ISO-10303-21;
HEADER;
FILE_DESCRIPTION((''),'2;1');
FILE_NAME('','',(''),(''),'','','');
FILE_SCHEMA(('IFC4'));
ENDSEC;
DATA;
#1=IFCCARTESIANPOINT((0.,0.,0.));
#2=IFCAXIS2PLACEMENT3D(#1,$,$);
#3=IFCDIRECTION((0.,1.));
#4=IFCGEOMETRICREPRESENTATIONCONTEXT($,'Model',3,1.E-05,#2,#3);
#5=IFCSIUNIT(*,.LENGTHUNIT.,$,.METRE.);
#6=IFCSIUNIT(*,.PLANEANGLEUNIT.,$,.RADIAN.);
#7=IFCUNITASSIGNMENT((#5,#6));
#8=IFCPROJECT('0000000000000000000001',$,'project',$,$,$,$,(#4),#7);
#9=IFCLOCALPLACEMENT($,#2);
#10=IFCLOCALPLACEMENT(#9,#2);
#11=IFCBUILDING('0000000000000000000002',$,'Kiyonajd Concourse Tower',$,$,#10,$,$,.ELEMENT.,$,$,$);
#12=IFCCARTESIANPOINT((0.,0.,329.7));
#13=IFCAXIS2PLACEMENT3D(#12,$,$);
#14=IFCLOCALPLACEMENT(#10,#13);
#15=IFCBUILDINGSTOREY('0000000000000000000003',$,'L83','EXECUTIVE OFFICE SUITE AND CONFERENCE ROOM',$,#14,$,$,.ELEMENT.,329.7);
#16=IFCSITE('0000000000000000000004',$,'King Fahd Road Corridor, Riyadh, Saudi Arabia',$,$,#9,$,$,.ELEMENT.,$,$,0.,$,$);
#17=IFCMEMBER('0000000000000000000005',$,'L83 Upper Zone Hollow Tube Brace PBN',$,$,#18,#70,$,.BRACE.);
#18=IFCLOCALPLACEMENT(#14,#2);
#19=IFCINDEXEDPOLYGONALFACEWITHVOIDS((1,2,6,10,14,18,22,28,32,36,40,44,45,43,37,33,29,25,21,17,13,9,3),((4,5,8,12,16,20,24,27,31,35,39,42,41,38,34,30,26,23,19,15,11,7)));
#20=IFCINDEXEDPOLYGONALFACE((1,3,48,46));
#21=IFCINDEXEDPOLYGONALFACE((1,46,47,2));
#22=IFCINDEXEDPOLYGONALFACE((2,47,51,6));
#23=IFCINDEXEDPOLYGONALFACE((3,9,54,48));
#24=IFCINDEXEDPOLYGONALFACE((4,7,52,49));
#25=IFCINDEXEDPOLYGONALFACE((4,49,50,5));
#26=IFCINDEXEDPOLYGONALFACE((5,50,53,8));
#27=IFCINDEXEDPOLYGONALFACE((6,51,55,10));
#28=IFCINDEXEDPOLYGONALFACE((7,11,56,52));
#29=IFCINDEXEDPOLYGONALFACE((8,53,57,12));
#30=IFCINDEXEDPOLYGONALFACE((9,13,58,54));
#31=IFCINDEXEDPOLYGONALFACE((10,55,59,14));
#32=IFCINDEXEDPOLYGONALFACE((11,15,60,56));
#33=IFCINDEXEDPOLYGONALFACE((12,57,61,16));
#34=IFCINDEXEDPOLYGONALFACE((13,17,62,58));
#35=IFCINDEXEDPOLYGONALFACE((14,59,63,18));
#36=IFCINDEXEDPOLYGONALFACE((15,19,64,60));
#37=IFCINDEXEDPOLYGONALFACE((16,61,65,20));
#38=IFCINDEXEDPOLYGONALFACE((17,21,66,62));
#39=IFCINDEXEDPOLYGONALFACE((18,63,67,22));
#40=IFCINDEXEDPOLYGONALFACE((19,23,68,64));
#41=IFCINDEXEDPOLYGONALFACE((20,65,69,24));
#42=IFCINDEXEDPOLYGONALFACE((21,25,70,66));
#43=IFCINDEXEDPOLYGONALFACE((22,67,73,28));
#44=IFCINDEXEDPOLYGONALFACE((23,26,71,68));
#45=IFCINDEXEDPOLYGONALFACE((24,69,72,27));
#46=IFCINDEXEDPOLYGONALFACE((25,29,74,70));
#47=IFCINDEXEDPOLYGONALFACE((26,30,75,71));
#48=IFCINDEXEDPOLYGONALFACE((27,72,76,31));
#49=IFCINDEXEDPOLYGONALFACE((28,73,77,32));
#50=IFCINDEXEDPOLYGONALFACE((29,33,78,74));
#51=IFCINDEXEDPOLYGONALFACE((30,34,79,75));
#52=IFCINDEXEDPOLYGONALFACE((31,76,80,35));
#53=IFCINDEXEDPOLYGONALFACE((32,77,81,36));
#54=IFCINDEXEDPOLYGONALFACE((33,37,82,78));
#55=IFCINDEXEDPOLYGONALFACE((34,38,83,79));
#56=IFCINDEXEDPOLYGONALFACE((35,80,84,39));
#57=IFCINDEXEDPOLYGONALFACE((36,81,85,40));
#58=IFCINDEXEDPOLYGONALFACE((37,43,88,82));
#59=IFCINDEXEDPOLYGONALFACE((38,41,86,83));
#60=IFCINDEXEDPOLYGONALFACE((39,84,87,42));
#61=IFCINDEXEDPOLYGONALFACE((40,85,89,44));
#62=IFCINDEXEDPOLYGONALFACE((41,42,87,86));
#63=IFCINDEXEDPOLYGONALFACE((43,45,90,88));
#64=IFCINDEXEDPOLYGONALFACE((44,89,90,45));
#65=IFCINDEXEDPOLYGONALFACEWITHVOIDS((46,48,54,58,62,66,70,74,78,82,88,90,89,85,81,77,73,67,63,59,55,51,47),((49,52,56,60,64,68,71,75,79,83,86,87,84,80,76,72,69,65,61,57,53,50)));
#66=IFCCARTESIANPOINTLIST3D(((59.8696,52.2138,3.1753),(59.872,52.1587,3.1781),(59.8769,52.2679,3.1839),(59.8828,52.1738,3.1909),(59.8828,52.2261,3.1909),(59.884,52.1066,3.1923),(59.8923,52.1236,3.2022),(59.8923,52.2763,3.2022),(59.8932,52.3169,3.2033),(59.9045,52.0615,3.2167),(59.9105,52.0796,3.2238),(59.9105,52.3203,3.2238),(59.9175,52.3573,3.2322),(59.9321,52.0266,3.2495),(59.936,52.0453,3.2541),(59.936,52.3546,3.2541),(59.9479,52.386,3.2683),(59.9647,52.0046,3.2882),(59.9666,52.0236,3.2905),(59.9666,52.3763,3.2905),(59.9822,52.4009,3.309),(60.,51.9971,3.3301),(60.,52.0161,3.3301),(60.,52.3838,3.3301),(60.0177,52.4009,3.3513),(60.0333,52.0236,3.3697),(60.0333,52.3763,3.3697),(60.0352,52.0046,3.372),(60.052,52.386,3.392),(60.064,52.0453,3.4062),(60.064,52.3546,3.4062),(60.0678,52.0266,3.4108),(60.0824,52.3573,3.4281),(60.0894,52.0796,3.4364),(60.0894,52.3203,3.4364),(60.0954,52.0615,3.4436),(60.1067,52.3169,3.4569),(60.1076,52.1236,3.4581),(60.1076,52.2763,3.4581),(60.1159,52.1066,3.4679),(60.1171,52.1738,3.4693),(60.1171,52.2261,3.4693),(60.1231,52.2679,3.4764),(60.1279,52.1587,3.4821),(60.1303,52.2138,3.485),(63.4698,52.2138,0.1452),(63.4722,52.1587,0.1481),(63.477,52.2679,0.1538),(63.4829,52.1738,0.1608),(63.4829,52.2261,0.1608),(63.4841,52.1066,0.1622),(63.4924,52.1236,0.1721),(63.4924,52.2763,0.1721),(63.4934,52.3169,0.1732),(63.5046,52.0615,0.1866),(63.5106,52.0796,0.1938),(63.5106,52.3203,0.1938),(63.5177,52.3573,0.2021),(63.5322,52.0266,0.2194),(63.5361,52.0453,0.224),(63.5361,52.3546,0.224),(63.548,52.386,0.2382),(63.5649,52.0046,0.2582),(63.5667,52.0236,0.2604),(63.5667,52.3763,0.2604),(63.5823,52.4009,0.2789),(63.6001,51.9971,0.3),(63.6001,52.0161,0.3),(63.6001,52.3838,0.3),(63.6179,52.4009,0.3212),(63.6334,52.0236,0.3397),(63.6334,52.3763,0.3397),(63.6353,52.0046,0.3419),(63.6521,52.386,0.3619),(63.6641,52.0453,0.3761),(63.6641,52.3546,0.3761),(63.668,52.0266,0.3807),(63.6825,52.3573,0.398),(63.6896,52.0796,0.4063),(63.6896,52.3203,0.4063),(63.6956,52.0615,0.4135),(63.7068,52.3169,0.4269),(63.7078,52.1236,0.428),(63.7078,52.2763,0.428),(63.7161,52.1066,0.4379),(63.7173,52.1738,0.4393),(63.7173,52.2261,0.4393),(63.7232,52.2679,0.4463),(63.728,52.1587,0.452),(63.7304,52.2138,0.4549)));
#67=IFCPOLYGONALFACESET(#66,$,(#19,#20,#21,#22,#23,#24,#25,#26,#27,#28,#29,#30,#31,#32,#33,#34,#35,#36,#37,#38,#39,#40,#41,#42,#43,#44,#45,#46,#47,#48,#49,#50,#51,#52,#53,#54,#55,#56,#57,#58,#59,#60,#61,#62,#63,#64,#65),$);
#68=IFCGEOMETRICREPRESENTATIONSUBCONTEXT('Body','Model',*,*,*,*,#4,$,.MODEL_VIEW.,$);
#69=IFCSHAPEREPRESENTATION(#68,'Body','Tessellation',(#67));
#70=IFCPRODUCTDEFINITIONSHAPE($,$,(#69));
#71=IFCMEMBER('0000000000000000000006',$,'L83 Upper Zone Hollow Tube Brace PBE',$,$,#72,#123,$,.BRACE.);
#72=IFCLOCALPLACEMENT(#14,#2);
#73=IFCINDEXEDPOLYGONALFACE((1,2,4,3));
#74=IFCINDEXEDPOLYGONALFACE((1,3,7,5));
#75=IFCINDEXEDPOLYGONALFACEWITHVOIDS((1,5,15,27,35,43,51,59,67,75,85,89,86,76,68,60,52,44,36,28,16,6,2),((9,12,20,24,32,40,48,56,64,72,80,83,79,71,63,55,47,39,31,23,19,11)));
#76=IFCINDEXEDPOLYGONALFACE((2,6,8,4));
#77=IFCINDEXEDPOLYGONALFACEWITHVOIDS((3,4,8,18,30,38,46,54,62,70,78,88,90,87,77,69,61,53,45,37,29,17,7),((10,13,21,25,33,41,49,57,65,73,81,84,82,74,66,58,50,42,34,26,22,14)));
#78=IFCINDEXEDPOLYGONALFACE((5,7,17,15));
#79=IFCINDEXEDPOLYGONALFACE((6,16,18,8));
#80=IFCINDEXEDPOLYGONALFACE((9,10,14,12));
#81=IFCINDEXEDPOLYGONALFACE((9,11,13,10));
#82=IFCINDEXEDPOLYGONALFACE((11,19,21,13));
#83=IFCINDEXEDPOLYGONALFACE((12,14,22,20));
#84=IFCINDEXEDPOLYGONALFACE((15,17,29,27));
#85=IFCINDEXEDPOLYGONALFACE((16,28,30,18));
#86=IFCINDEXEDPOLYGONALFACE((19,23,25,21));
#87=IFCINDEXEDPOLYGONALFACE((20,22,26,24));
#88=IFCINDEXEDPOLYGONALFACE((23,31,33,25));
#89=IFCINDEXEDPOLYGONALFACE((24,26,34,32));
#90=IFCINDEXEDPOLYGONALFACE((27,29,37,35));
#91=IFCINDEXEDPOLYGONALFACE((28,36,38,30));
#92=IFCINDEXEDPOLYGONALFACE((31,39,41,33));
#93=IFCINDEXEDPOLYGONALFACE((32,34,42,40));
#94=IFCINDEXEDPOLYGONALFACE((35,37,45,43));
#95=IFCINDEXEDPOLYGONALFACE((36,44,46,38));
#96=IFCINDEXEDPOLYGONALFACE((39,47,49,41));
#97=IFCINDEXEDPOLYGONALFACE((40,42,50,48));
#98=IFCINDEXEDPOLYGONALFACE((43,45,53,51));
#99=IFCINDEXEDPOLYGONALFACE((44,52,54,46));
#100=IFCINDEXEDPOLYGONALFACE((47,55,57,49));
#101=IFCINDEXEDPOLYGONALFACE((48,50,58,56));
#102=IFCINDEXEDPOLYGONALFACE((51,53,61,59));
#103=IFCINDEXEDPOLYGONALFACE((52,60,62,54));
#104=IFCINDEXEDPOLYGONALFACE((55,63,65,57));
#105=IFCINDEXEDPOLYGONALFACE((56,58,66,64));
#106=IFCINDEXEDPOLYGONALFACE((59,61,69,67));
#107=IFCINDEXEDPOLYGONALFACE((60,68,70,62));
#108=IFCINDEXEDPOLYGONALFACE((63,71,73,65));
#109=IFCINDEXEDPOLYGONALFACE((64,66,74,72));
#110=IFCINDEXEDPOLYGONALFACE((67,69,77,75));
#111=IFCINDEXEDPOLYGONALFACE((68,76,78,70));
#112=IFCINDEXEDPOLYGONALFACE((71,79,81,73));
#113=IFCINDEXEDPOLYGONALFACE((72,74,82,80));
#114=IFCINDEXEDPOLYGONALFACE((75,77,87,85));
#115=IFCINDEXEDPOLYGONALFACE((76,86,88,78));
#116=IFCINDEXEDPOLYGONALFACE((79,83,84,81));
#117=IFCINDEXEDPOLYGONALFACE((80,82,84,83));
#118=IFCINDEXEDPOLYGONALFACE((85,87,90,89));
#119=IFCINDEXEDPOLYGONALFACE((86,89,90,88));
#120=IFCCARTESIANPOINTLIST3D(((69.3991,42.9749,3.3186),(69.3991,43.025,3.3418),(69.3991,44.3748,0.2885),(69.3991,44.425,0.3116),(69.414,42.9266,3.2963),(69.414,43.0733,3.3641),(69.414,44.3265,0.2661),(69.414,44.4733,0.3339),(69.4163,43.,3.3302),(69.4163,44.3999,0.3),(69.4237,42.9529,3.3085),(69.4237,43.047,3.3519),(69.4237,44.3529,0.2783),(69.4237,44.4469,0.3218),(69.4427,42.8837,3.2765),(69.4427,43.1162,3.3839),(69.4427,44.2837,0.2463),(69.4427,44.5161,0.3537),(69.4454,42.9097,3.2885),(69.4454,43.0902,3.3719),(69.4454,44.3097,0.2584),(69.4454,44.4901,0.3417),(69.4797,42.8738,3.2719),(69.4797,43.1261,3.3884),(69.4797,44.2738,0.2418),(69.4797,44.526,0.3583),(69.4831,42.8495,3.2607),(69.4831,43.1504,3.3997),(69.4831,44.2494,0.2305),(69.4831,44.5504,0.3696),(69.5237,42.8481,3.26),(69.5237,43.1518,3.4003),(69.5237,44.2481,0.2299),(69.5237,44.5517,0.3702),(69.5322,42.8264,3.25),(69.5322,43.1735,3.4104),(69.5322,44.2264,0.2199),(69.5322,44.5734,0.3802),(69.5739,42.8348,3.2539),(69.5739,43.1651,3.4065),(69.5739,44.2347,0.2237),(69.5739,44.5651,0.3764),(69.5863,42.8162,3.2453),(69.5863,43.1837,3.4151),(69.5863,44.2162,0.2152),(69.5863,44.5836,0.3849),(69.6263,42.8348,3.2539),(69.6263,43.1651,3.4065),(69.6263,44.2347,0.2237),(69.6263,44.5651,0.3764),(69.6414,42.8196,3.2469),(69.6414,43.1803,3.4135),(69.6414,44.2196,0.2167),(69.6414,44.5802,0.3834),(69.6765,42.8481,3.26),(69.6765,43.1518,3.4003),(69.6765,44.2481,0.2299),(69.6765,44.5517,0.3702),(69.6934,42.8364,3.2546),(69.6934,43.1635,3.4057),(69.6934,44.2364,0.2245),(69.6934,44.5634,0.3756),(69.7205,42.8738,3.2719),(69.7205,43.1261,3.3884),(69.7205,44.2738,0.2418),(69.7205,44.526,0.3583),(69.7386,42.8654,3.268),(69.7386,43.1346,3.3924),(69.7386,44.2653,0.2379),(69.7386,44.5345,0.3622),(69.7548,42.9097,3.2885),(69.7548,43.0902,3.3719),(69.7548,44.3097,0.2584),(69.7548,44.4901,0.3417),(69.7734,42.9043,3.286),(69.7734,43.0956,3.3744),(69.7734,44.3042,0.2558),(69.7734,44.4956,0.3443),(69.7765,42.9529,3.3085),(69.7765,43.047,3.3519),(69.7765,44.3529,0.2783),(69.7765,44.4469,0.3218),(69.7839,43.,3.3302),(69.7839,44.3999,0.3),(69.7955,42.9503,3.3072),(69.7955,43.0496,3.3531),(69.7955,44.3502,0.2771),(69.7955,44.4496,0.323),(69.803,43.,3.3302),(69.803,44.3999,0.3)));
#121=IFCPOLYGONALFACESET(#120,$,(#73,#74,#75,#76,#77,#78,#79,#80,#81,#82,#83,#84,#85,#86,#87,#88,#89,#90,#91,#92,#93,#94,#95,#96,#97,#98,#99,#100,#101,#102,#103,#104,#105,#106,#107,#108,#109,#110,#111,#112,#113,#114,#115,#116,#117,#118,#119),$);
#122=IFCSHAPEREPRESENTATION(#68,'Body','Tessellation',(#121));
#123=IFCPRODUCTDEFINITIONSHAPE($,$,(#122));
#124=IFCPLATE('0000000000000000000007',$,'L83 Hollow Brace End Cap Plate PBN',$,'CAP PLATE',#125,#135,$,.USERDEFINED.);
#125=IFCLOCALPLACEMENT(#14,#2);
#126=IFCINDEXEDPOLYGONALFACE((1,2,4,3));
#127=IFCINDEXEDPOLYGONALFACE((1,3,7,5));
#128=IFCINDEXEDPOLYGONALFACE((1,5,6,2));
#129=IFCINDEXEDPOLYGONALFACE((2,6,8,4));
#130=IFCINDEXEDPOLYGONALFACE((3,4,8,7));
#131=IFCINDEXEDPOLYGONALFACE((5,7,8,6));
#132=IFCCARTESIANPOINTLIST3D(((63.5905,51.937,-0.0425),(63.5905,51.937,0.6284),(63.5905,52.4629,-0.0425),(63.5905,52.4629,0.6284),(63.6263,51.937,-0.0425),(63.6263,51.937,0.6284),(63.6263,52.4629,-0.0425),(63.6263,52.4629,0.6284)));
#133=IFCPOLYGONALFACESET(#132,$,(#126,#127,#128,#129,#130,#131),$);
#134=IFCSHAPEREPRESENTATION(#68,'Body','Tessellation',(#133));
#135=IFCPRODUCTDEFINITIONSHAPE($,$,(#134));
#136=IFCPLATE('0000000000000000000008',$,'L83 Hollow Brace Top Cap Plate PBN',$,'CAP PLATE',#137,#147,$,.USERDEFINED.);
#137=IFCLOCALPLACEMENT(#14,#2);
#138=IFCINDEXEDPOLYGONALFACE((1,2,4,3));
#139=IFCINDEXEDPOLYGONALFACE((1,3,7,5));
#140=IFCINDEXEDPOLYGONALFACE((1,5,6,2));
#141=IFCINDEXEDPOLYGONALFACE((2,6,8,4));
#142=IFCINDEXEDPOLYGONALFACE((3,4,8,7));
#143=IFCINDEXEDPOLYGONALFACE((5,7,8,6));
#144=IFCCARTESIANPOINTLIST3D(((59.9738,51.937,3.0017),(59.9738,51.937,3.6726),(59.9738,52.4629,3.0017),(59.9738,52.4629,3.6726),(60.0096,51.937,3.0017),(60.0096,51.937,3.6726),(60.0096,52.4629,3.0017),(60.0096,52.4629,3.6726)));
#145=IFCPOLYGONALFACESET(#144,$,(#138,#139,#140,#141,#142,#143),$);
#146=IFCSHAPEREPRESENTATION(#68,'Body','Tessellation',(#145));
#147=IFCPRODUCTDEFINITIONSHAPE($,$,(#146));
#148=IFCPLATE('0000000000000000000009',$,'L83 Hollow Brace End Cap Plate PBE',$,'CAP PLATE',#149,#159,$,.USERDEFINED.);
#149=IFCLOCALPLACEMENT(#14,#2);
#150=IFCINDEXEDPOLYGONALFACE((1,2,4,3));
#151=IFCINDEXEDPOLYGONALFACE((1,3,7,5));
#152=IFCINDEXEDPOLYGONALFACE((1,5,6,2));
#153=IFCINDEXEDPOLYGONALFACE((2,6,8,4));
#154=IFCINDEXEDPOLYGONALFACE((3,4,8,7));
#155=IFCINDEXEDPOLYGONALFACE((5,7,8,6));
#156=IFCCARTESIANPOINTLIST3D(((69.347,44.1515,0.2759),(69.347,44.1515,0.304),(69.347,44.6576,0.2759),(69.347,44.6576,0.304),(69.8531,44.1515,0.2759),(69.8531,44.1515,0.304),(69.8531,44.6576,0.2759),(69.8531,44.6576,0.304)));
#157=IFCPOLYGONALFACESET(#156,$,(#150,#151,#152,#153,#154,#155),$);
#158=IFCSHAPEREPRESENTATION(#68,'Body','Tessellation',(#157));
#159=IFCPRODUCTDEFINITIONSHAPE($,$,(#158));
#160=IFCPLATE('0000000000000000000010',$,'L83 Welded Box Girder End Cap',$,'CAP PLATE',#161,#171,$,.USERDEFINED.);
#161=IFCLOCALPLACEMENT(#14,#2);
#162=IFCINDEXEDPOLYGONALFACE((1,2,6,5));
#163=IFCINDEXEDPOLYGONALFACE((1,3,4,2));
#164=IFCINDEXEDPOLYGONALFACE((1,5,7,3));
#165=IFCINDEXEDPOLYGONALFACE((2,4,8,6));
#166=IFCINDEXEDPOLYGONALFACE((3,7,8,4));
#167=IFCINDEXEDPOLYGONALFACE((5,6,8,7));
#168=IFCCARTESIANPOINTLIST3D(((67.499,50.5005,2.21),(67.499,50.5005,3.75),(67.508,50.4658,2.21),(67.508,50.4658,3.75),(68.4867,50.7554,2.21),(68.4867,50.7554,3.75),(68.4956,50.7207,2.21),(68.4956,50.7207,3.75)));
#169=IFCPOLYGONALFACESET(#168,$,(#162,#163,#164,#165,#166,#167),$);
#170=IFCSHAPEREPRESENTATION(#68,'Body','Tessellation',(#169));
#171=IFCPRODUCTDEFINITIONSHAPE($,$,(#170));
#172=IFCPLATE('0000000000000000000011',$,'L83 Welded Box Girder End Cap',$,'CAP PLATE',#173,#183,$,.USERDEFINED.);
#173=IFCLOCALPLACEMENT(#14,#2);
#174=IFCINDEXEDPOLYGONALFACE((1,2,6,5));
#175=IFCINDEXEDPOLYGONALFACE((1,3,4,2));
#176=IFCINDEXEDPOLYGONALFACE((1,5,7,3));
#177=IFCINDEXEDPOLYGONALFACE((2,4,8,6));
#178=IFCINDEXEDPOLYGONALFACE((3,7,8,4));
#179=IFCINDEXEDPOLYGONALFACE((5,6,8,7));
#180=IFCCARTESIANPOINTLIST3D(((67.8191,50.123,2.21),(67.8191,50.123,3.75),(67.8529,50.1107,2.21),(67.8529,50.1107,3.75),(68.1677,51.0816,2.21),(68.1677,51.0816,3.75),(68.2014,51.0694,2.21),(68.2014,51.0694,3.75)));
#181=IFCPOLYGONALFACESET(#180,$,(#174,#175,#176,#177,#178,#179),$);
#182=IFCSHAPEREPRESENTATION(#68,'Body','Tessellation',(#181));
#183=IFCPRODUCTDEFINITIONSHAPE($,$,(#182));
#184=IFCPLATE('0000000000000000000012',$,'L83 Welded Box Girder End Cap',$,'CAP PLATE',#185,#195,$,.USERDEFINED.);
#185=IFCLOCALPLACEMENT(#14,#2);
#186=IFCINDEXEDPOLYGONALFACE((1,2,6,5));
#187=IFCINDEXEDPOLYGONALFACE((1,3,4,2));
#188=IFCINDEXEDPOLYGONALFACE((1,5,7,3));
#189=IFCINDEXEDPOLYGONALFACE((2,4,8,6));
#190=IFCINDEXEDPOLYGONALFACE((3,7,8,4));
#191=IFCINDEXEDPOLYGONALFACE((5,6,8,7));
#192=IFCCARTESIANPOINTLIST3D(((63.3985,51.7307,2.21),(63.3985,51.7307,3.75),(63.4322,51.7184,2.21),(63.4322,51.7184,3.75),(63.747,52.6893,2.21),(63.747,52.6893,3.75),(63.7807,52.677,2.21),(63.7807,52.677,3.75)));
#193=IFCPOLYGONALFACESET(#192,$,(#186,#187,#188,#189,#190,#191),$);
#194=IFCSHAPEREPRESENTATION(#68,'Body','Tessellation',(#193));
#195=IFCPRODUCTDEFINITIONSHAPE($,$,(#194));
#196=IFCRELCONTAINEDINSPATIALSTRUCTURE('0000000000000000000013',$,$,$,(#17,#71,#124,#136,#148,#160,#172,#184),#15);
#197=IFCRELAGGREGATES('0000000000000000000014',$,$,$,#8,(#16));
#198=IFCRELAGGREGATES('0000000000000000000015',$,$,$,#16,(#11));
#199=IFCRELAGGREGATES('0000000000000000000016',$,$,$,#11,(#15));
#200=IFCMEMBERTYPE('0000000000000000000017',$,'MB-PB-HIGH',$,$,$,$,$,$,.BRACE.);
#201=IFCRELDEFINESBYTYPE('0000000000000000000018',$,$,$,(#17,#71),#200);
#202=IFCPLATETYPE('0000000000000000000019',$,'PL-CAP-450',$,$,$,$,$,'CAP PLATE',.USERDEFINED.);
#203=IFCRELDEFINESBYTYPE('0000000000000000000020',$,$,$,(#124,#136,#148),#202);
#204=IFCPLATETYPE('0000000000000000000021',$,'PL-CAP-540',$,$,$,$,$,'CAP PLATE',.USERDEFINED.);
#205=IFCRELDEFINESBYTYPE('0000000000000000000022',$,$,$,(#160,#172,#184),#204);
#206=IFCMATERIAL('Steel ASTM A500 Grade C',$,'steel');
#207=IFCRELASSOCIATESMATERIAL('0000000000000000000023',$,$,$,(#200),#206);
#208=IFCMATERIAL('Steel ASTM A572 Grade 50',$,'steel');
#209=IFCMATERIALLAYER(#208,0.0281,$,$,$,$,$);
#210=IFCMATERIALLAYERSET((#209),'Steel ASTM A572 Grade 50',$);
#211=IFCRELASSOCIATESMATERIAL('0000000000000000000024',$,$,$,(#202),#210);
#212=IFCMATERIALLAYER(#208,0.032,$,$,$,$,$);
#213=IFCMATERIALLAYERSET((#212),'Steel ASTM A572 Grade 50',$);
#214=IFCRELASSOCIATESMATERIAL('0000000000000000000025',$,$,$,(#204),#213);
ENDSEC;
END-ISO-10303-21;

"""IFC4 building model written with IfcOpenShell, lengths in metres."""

from ifc_helpers import new_model, si_unit, direction, frame, origin, origin_2d, place, context, subcontext, project, spatial, rectangle, hollow_circle, extrude, material, layer, layer_set, material_profile, profile_set, type_object, element, save


model = new_model("IFC4")

# Units and contexts
model_context = context("Model", 3, precision=1e-05, world=origin(), true_north=direction((0.0, 1.0)))
body_context = subcontext(model_context, "Body", "Model", "MODEL_VIEW")
ifc_project = project(units=[si_unit("LENGTHUNIT", "METRE"), si_unit("PLANEANGLEUNIT", "RADIAN")], contexts=[model_context])

# Site, building, storey
site_placement = place(None, origin())
site = spatial("IfcSite", under=ifc_project, at=site_placement, Name="King Fahd Road Corridor, Riyadh, Saudi Arabia", CompositionType="ELEMENT", RefElevation=0.0)
building_placement = place(site_placement, origin())
building = spatial("IfcBuilding", under=site, at=building_placement, Name="Kiyonajd Concourse Tower", CompositionType="ELEMENT")
storey_placement = place(building_placement, frame((0.0, 0.0, 329.7)))
storey = spatial("IfcBuildingStorey", under=building, at=storey_placement, Name="L83", Description="EXECUTIVE OFFICE SUITE AND CONFERENCE ROOM", CompositionType="ELEMENT", Elevation=329.7)

# Shared definitions
ifc_material_1 = material(Name="Steel ASTM A572 Grade 50", Category="steel")

# Members
ifc_material_2 = material(Name="Steel ASTM A500 Grade C", Category="steel")
ifc_material_profile_1 = material_profile(ifc_material_2, hollow_circle(Radius=0.2029, WallThickness=0.019, at=origin_2d()), Name="CHS-406x19")
ifc_profile_set_1 = profile_set([ifc_material_profile_1], Name="Steel ASTM A500 Grade C")
member_type = type_object("IfcMemberType", Name="MB-PB-HIGH", PredefinedType="BRACE", material=ifc_profile_set_1)
member_1_placement = place(storey_placement, frame((63.6001, 52.2, 0.3), z_axis=(-0.765082, 0.0, 0.643933), x_axis=(0.0, -1.0, 0.0)))
element("IfcMember", 1, at=member_1_placement, inside=storey, type_object=member_type, Name="L83 Upper Zone Hollow Tube Brace PBN", PredefinedType="BRACE", context=body_context, shape_type="SweptSolid", body=[
    extrude(hollow_circle(Radius=0.2029, WallThickness=0.019, at=origin_2d()), origin(), (0.0, 0.0, 1.0), 4.7056),
])
member_2_placement = place(storey_placement, frame((69.6001, 44.3999, 0.3), z_axis=(0.0, -0.419411, 0.907797), x_axis=(1.0, 0.0, 0.0)))
element("IfcMember", 2, at=member_2_placement, inside=storey, type_object=member_type, Name="L83 Upper Zone Hollow Tube Brace PBE", PredefinedType="BRACE", context=body_context, shape_type="SweptSolid", body=[
    extrude(hollow_circle(Radius=0.2029, WallThickness=0.019, at=origin_2d()), origin(), (0.0, 0.0, 1.0), 3.3379),
])

# Plates
ifc_layer_1 = layer(ifc_material_1, 0.0281)
ifc_layer_set_1 = layer_set([ifc_layer_1], Name="Steel ASTM A572 Grade 50")
plate_type_1 = type_object("IfcPlateType", Name="PL-CAP-450", ElementType="CAP PLATE", PredefinedType="USERDEFINED", material=ifc_layer_set_1)
for number, where, z_axis, x_axis, name in (
    (3, (63.6084, 52.2, -0.0425), (0.0, 0.0, 1.0), (1.0, 0.0, 0.0), "L83 Hollow Brace End Cap Plate PBN"),
    (4, (59.9917, 52.2, 3.0017), (0.0, 0.0, 1.0), (-1.0, 0.0, 0.0), "L83 Hollow Brace Top Cap Plate PBN"),
):
    element("IfcPlate", number, at=place(storey_placement, frame(where, z_axis=z_axis, x_axis=x_axis)), inside=storey, type_object=plate_type_1, Name=name, ObjectType="CAP PLATE", PredefinedType="USERDEFINED", context=body_context, shape_type="SweptSolid", body=[
        extrude(rectangle(XDim=0.0359, YDim=0.5259, at=origin_2d()), origin(), (0.0, 0.0, 1.0), 0.6709),
    ])
plate_placement = place(storey_placement, frame((69.6001, 44.4045, 0.2759), z_axis=(0.0, 0.0, 1.0), x_axis=(1.0, 0.0, 0.0)))
element("IfcPlate", 5, at=plate_placement, inside=storey, type_object=plate_type_1, Name="L83 Hollow Brace End Cap Plate PBE", ObjectType="CAP PLATE", PredefinedType="USERDEFINED", context=body_context, shape_type="SweptSolid", body=[
    extrude(rectangle(XDim=0.5061, YDim=0.5061, at=origin_2d()), origin(), (0.0, 0.0, 1.0), 0.0281),
])
ifc_layer_2 = layer(ifc_material_1, 0.032)
ifc_layer_set_2 = layer_set([ifc_layer_2], Name="Steel ASTM A572 Grade 50")
plate_type_2 = type_object("IfcPlateType", Name="PL-CAP-540", ElementType="CAP PLATE", PredefinedType="USERDEFINED", material=ifc_layer_set_2)
for number, where, z_axis, x_axis, name in (
    (6, (67.9973, 50.6106, 2.21), (0.0, 0.0, 1.0), (-0.249873, 0.968279, 0.0), "L83 Welded Box Girder End Cap"),
    (7, (68.0103, 50.5962, 2.21), (0.0, 0.0, 1.0), (0.939812, -0.341692, 0.0), "L83 Welded Box Girder End Cap"),
    (8, (63.5896, 52.2039, 2.21), (0.0, 0.0, 1.0), (-0.939812, 0.341692, 0.0), "L83 Welded Box Girder End Cap"),
):
    element("IfcPlate", number, at=place(storey_placement, frame(where, z_axis=z_axis, x_axis=x_axis)), inside=storey, type_object=plate_type_2, Name=name, ObjectType="CAP PLATE", PredefinedType="USERDEFINED", context=body_context, shape_type="SweptSolid", body=[
        extrude(rectangle(XDim=0.0359, YDim=1.02, at=origin_2d()), origin(), (0.0, 0.0, 1.0), 1.54),
    ])

save(model, "model.ifc")
